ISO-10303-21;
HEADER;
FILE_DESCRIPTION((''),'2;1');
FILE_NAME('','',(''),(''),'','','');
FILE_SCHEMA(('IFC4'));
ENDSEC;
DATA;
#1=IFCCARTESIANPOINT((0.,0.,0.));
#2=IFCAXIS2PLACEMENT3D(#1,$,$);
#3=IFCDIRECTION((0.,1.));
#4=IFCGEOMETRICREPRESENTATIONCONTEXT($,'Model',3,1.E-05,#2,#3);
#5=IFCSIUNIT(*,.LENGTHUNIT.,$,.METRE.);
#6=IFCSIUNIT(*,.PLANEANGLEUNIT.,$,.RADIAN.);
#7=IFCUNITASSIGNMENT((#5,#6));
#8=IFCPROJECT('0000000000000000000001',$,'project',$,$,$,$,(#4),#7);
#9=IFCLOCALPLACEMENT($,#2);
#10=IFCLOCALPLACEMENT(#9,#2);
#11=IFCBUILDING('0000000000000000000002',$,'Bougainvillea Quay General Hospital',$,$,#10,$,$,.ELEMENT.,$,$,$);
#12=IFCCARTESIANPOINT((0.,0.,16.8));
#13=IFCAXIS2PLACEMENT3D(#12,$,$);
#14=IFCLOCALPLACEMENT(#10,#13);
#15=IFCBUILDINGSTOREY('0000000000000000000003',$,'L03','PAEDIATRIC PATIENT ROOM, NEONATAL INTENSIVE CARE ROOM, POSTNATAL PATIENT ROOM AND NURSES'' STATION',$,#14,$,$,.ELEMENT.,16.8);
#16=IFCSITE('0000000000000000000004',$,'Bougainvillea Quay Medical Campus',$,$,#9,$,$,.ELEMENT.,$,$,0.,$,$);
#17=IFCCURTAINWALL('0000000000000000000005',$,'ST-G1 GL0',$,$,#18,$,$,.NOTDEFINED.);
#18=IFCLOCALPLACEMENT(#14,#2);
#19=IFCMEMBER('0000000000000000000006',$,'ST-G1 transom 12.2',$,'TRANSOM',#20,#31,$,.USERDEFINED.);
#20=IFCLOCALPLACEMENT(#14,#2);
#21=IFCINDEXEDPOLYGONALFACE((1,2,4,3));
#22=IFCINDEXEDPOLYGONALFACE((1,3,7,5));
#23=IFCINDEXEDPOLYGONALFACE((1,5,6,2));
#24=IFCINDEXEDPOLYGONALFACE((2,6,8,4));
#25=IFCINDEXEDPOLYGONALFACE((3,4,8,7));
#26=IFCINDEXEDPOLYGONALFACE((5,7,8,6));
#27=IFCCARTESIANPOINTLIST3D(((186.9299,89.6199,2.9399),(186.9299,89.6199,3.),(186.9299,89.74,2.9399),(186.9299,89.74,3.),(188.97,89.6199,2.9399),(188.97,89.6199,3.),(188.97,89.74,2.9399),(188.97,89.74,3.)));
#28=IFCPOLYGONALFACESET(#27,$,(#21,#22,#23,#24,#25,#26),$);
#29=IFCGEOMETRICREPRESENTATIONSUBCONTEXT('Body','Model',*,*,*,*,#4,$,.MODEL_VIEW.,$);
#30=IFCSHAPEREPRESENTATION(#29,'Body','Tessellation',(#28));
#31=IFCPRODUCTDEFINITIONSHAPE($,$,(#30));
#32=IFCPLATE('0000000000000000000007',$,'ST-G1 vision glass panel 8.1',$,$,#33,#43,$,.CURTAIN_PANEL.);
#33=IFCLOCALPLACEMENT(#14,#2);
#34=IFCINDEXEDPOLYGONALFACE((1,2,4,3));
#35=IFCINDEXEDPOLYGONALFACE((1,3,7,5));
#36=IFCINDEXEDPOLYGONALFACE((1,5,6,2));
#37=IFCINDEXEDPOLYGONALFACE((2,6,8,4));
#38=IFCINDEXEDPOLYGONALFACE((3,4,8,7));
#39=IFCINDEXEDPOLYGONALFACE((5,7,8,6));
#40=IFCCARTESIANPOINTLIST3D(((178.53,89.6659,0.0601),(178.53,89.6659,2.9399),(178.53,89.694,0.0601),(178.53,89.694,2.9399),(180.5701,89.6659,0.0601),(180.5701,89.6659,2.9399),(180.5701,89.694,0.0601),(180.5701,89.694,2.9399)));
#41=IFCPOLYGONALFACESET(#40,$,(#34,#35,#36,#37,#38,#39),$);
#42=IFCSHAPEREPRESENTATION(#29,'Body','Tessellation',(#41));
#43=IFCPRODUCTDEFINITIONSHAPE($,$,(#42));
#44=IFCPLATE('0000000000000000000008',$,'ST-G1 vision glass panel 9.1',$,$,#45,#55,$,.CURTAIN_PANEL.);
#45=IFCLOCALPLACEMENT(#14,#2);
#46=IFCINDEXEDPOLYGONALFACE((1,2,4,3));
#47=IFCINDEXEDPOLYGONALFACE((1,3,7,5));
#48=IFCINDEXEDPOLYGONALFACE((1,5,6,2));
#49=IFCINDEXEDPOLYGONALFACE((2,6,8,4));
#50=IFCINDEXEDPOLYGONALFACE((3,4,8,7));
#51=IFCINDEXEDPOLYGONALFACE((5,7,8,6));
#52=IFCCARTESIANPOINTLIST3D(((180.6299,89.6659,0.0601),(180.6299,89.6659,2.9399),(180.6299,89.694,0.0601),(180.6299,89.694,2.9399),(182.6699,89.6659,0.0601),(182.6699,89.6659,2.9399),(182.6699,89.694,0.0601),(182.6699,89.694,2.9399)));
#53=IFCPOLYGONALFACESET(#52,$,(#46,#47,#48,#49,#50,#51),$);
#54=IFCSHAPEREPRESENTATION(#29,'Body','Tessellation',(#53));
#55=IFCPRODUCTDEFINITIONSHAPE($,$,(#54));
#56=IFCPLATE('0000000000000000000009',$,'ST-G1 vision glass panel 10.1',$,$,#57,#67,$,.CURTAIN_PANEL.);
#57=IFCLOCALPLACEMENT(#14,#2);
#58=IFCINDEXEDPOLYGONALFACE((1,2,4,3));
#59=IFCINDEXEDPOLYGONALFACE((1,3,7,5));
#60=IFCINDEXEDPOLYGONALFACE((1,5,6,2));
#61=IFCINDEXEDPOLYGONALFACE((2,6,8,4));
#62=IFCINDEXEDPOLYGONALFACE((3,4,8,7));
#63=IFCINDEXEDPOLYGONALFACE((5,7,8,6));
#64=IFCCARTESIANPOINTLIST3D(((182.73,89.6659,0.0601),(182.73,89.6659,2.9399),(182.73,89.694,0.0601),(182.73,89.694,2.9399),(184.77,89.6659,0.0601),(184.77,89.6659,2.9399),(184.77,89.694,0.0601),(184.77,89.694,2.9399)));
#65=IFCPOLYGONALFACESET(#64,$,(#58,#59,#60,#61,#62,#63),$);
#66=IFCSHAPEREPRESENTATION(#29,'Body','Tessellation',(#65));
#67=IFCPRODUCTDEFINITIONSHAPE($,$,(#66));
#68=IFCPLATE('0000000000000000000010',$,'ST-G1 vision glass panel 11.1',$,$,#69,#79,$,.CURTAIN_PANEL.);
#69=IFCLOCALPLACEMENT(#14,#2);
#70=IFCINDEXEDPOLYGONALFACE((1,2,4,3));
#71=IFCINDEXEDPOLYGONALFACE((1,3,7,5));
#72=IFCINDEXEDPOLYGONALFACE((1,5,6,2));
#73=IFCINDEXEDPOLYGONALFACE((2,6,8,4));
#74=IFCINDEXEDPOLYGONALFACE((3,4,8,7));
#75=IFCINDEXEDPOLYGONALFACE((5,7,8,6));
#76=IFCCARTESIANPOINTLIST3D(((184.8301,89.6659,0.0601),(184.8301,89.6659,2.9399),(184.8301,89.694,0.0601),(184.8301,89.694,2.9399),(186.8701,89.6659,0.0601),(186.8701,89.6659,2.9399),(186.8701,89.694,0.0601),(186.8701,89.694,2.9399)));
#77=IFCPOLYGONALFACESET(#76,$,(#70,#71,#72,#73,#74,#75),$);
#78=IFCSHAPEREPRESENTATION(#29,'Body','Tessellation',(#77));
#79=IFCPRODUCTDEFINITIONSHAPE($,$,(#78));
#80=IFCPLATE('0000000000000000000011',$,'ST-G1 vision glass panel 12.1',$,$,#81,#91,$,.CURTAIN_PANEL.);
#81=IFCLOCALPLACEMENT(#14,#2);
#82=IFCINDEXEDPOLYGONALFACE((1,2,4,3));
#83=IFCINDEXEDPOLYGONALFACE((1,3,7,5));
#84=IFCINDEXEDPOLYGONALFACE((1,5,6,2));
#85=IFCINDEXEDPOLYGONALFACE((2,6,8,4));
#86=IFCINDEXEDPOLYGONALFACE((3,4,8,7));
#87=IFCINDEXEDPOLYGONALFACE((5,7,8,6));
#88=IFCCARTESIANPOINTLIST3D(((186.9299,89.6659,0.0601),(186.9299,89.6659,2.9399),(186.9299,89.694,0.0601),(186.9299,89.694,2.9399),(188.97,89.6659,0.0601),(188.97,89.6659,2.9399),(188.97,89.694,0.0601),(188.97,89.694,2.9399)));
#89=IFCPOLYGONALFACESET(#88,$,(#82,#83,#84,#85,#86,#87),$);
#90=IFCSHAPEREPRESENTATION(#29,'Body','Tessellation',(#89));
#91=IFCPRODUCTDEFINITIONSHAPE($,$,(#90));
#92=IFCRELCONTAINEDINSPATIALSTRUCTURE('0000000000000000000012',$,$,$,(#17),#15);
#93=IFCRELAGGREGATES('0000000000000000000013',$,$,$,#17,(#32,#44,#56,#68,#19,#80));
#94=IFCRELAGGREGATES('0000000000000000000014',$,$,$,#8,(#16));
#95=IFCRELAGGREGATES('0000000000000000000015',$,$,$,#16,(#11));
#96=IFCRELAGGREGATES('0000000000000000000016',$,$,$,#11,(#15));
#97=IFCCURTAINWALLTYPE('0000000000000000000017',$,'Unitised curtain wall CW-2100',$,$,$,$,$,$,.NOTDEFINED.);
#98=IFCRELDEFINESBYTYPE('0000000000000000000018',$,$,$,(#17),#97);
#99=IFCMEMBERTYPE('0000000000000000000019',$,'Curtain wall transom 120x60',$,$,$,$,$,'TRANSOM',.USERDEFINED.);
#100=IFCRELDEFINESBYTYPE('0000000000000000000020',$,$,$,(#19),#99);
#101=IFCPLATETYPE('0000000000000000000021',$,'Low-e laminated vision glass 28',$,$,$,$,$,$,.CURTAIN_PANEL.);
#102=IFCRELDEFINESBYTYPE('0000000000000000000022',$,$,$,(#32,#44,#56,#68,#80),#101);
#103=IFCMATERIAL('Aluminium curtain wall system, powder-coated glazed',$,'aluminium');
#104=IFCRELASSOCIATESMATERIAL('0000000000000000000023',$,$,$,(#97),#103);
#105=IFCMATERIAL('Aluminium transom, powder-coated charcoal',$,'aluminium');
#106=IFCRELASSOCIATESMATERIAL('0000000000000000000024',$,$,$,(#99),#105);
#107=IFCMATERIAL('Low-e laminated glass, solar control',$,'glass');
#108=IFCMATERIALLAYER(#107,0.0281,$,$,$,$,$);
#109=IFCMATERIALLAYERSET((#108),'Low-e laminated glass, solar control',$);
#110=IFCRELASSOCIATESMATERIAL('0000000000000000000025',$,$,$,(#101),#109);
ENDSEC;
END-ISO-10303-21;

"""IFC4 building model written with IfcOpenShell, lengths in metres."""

from ifc_helpers import new_model, si_unit, direction, frame, origin, origin_2d, place, context, subcontext, project, spatial, rectangle, extrude, material, layer, layer_set, material_profile, profile_set, type_object, element, aggregate, save


model = new_model("IFC4")

# Units and contexts
model_context = context("Model", 3, precision=1e-05, world=origin(), true_north=direction((0.0, 1.0)))
body_context = subcontext(model_context, "Body", "Model", "MODEL_VIEW")
ifc_project = project(units=[si_unit("LENGTHUNIT", "METRE"), si_unit("PLANEANGLEUNIT", "RADIAN")], contexts=[model_context])

# Site, building, storey
site_placement = place(None, origin())
site = spatial("IfcSite", under=ifc_project, at=site_placement, Name="Bougainvillea Quay Medical Campus", CompositionType="ELEMENT", RefElevation=0.0)
building_placement = place(site_placement, origin())
building = spatial("IfcBuilding", under=site, at=building_placement, Name="Bougainvillea Quay General Hospital", CompositionType="ELEMENT")
storey_placement = place(building_placement, frame((0.0, 0.0, 16.8)))
storey = spatial("IfcBuildingStorey", under=building, at=storey_placement, Name="L03", Description="PAEDIATRIC PATIENT ROOM, NEONATAL INTENSIVE CARE ROOM, POSTNATAL PATIENT ROOM AND NURSES' STATION", CompositionType="ELEMENT", Elevation=16.8)

# Curtain wall, member, plates
ifc_material_1 = material(Name="Aluminium curtain wall system, powder-coated glazed", Category="aluminium")
curtain_wall_type = type_object("IfcCurtainWallType", Name="Unitised curtain wall CW-2100", PredefinedType="NOTDEFINED", material=ifc_material_1)
curtain_wall_placement = place(storey_placement, origin())
curtain_wall = element("IfcCurtainWall", 1, at=curtain_wall_placement, inside=storey, type_object=curtain_wall_type, Name="ST-G1 GL0", PredefinedType="NOTDEFINED")
ifc_material_2 = material(Name="Aluminium transom, powder-coated charcoal", Category="aluminium")
ifc_material_profile_1 = material_profile(ifc_material_2, rectangle(XDim=0.1201, YDim=0.0601, at=origin_2d()))
ifc_profile_set_1 = profile_set([ifc_material_profile_1], Name="Aluminium transom, powder-coated charcoal")
member_type_1 = type_object("IfcMemberType", Name="Curtain wall transom 120x60", ElementType="TRANSOM", PredefinedType="USERDEFINED", material=ifc_profile_set_1)
member_1_placement = place(storey_placement, frame((186.9299, 89.6799, 2.97), z_axis=(1.0, 0.0, 0.0), x_axis=(0.0, 1.0, 0.0)))
member_1 = element("IfcMember", 2, at=member_1_placement, type_object=member_type_1, Name="ST-G1 transom 12.2", ObjectType="TRANSOM", PredefinedType="USERDEFINED", context=body_context, shape_type="SweptSolid", body=[
    extrude(rectangle(XDim=0.1201, YDim=0.0601, at=origin_2d()), origin(), (0.0, 0.0, 1.0), 2.04),
])
ifc_material_3 = material(Name="Low-e laminated glass, solar control", Category="glass")
ifc_layer = layer(ifc_material_3, 0.0281)
ifc_layer_set = layer_set([ifc_layer], Name="Low-e laminated glass, solar control")
plate_type = type_object("IfcPlateType", Name="Low-e laminated vision glass 28", PredefinedType="CURTAIN_PANEL", material=ifc_layer_set)
plate_1_placement = place(storey_placement, frame((179.55, 89.6799, 0.0601), z_axis=(0.0, 0.0, 1.0), x_axis=(1.0, 0.0, 0.0)))
plate_1 = element("IfcPlate", 3, at=plate_1_placement, type_object=plate_type, Name="ST-G1 vision glass panel 8.1", PredefinedType="CURTAIN_PANEL", context=body_context, shape_type="SweptSolid", body=[
    extrude(rectangle(XDim=2.04, YDim=0.0281, at=origin_2d()), origin(), (0.0, 0.0, 1.0), 2.8799),
])
plate_2_placement = place(storey_placement, frame((181.6499, 89.6799, 0.0601), z_axis=(0.0, 0.0, 1.0), x_axis=(1.0, 0.0, 0.0)))
plate_2 = element("IfcPlate", 4, at=plate_2_placement, type_object=plate_type, Name="ST-G1 vision glass panel 9.1", PredefinedType="CURTAIN_PANEL", context=body_context, shape_type="SweptSolid", body=[
    extrude(rectangle(XDim=2.04, YDim=0.0281, at=origin_2d()), origin(), (0.0, 0.0, 1.0), 2.8799),
])
plate_3_placement = place(storey_placement, frame((183.75, 89.6799, 0.0601), z_axis=(0.0, 0.0, 1.0), x_axis=(1.0, 0.0, 0.0)))
plate_3 = element("IfcPlate", 5, at=plate_3_placement, type_object=plate_type, Name="ST-G1 vision glass panel 10.1", PredefinedType="CURTAIN_PANEL", context=body_context, shape_type="SweptSolid", body=[
    extrude(rectangle(XDim=2.04, YDim=0.0281, at=origin_2d()), origin(), (0.0, 0.0, 1.0), 2.8799),
])
plate_4_placement = place(storey_placement, frame((185.8501, 89.6799, 0.0601), z_axis=(0.0, 0.0, 1.0), x_axis=(1.0, 0.0, 0.0)))
plate_4 = element("IfcPlate", 6, at=plate_4_placement, type_object=plate_type, Name="ST-G1 vision glass panel 11.1", PredefinedType="CURTAIN_PANEL", context=body_context, shape_type="SweptSolid", body=[
    extrude(rectangle(XDim=2.04, YDim=0.0281, at=origin_2d()), origin(), (0.0, 0.0, 1.0), 2.8799),
])
plate_5_placement = place(storey_placement, frame((187.95, 89.6799, 0.0601), z_axis=(0.0, 0.0, 1.0), x_axis=(1.0, 0.0, 0.0)))
plate_5 = element("IfcPlate", 7, at=plate_5_placement, type_object=plate_type, Name="ST-G1 vision glass panel 12.1", PredefinedType="CURTAIN_PANEL", context=body_context, shape_type="SweptSolid", body=[
    extrude(rectangle(XDim=2.04, YDim=0.0281, at=origin_2d()), origin(), (0.0, 0.0, 1.0), 2.8799),
])
aggregate(curtain_wall, [plate_1, plate_2, plate_3, plate_4, member_1, plate_5])

save(model, "model.ifc")
